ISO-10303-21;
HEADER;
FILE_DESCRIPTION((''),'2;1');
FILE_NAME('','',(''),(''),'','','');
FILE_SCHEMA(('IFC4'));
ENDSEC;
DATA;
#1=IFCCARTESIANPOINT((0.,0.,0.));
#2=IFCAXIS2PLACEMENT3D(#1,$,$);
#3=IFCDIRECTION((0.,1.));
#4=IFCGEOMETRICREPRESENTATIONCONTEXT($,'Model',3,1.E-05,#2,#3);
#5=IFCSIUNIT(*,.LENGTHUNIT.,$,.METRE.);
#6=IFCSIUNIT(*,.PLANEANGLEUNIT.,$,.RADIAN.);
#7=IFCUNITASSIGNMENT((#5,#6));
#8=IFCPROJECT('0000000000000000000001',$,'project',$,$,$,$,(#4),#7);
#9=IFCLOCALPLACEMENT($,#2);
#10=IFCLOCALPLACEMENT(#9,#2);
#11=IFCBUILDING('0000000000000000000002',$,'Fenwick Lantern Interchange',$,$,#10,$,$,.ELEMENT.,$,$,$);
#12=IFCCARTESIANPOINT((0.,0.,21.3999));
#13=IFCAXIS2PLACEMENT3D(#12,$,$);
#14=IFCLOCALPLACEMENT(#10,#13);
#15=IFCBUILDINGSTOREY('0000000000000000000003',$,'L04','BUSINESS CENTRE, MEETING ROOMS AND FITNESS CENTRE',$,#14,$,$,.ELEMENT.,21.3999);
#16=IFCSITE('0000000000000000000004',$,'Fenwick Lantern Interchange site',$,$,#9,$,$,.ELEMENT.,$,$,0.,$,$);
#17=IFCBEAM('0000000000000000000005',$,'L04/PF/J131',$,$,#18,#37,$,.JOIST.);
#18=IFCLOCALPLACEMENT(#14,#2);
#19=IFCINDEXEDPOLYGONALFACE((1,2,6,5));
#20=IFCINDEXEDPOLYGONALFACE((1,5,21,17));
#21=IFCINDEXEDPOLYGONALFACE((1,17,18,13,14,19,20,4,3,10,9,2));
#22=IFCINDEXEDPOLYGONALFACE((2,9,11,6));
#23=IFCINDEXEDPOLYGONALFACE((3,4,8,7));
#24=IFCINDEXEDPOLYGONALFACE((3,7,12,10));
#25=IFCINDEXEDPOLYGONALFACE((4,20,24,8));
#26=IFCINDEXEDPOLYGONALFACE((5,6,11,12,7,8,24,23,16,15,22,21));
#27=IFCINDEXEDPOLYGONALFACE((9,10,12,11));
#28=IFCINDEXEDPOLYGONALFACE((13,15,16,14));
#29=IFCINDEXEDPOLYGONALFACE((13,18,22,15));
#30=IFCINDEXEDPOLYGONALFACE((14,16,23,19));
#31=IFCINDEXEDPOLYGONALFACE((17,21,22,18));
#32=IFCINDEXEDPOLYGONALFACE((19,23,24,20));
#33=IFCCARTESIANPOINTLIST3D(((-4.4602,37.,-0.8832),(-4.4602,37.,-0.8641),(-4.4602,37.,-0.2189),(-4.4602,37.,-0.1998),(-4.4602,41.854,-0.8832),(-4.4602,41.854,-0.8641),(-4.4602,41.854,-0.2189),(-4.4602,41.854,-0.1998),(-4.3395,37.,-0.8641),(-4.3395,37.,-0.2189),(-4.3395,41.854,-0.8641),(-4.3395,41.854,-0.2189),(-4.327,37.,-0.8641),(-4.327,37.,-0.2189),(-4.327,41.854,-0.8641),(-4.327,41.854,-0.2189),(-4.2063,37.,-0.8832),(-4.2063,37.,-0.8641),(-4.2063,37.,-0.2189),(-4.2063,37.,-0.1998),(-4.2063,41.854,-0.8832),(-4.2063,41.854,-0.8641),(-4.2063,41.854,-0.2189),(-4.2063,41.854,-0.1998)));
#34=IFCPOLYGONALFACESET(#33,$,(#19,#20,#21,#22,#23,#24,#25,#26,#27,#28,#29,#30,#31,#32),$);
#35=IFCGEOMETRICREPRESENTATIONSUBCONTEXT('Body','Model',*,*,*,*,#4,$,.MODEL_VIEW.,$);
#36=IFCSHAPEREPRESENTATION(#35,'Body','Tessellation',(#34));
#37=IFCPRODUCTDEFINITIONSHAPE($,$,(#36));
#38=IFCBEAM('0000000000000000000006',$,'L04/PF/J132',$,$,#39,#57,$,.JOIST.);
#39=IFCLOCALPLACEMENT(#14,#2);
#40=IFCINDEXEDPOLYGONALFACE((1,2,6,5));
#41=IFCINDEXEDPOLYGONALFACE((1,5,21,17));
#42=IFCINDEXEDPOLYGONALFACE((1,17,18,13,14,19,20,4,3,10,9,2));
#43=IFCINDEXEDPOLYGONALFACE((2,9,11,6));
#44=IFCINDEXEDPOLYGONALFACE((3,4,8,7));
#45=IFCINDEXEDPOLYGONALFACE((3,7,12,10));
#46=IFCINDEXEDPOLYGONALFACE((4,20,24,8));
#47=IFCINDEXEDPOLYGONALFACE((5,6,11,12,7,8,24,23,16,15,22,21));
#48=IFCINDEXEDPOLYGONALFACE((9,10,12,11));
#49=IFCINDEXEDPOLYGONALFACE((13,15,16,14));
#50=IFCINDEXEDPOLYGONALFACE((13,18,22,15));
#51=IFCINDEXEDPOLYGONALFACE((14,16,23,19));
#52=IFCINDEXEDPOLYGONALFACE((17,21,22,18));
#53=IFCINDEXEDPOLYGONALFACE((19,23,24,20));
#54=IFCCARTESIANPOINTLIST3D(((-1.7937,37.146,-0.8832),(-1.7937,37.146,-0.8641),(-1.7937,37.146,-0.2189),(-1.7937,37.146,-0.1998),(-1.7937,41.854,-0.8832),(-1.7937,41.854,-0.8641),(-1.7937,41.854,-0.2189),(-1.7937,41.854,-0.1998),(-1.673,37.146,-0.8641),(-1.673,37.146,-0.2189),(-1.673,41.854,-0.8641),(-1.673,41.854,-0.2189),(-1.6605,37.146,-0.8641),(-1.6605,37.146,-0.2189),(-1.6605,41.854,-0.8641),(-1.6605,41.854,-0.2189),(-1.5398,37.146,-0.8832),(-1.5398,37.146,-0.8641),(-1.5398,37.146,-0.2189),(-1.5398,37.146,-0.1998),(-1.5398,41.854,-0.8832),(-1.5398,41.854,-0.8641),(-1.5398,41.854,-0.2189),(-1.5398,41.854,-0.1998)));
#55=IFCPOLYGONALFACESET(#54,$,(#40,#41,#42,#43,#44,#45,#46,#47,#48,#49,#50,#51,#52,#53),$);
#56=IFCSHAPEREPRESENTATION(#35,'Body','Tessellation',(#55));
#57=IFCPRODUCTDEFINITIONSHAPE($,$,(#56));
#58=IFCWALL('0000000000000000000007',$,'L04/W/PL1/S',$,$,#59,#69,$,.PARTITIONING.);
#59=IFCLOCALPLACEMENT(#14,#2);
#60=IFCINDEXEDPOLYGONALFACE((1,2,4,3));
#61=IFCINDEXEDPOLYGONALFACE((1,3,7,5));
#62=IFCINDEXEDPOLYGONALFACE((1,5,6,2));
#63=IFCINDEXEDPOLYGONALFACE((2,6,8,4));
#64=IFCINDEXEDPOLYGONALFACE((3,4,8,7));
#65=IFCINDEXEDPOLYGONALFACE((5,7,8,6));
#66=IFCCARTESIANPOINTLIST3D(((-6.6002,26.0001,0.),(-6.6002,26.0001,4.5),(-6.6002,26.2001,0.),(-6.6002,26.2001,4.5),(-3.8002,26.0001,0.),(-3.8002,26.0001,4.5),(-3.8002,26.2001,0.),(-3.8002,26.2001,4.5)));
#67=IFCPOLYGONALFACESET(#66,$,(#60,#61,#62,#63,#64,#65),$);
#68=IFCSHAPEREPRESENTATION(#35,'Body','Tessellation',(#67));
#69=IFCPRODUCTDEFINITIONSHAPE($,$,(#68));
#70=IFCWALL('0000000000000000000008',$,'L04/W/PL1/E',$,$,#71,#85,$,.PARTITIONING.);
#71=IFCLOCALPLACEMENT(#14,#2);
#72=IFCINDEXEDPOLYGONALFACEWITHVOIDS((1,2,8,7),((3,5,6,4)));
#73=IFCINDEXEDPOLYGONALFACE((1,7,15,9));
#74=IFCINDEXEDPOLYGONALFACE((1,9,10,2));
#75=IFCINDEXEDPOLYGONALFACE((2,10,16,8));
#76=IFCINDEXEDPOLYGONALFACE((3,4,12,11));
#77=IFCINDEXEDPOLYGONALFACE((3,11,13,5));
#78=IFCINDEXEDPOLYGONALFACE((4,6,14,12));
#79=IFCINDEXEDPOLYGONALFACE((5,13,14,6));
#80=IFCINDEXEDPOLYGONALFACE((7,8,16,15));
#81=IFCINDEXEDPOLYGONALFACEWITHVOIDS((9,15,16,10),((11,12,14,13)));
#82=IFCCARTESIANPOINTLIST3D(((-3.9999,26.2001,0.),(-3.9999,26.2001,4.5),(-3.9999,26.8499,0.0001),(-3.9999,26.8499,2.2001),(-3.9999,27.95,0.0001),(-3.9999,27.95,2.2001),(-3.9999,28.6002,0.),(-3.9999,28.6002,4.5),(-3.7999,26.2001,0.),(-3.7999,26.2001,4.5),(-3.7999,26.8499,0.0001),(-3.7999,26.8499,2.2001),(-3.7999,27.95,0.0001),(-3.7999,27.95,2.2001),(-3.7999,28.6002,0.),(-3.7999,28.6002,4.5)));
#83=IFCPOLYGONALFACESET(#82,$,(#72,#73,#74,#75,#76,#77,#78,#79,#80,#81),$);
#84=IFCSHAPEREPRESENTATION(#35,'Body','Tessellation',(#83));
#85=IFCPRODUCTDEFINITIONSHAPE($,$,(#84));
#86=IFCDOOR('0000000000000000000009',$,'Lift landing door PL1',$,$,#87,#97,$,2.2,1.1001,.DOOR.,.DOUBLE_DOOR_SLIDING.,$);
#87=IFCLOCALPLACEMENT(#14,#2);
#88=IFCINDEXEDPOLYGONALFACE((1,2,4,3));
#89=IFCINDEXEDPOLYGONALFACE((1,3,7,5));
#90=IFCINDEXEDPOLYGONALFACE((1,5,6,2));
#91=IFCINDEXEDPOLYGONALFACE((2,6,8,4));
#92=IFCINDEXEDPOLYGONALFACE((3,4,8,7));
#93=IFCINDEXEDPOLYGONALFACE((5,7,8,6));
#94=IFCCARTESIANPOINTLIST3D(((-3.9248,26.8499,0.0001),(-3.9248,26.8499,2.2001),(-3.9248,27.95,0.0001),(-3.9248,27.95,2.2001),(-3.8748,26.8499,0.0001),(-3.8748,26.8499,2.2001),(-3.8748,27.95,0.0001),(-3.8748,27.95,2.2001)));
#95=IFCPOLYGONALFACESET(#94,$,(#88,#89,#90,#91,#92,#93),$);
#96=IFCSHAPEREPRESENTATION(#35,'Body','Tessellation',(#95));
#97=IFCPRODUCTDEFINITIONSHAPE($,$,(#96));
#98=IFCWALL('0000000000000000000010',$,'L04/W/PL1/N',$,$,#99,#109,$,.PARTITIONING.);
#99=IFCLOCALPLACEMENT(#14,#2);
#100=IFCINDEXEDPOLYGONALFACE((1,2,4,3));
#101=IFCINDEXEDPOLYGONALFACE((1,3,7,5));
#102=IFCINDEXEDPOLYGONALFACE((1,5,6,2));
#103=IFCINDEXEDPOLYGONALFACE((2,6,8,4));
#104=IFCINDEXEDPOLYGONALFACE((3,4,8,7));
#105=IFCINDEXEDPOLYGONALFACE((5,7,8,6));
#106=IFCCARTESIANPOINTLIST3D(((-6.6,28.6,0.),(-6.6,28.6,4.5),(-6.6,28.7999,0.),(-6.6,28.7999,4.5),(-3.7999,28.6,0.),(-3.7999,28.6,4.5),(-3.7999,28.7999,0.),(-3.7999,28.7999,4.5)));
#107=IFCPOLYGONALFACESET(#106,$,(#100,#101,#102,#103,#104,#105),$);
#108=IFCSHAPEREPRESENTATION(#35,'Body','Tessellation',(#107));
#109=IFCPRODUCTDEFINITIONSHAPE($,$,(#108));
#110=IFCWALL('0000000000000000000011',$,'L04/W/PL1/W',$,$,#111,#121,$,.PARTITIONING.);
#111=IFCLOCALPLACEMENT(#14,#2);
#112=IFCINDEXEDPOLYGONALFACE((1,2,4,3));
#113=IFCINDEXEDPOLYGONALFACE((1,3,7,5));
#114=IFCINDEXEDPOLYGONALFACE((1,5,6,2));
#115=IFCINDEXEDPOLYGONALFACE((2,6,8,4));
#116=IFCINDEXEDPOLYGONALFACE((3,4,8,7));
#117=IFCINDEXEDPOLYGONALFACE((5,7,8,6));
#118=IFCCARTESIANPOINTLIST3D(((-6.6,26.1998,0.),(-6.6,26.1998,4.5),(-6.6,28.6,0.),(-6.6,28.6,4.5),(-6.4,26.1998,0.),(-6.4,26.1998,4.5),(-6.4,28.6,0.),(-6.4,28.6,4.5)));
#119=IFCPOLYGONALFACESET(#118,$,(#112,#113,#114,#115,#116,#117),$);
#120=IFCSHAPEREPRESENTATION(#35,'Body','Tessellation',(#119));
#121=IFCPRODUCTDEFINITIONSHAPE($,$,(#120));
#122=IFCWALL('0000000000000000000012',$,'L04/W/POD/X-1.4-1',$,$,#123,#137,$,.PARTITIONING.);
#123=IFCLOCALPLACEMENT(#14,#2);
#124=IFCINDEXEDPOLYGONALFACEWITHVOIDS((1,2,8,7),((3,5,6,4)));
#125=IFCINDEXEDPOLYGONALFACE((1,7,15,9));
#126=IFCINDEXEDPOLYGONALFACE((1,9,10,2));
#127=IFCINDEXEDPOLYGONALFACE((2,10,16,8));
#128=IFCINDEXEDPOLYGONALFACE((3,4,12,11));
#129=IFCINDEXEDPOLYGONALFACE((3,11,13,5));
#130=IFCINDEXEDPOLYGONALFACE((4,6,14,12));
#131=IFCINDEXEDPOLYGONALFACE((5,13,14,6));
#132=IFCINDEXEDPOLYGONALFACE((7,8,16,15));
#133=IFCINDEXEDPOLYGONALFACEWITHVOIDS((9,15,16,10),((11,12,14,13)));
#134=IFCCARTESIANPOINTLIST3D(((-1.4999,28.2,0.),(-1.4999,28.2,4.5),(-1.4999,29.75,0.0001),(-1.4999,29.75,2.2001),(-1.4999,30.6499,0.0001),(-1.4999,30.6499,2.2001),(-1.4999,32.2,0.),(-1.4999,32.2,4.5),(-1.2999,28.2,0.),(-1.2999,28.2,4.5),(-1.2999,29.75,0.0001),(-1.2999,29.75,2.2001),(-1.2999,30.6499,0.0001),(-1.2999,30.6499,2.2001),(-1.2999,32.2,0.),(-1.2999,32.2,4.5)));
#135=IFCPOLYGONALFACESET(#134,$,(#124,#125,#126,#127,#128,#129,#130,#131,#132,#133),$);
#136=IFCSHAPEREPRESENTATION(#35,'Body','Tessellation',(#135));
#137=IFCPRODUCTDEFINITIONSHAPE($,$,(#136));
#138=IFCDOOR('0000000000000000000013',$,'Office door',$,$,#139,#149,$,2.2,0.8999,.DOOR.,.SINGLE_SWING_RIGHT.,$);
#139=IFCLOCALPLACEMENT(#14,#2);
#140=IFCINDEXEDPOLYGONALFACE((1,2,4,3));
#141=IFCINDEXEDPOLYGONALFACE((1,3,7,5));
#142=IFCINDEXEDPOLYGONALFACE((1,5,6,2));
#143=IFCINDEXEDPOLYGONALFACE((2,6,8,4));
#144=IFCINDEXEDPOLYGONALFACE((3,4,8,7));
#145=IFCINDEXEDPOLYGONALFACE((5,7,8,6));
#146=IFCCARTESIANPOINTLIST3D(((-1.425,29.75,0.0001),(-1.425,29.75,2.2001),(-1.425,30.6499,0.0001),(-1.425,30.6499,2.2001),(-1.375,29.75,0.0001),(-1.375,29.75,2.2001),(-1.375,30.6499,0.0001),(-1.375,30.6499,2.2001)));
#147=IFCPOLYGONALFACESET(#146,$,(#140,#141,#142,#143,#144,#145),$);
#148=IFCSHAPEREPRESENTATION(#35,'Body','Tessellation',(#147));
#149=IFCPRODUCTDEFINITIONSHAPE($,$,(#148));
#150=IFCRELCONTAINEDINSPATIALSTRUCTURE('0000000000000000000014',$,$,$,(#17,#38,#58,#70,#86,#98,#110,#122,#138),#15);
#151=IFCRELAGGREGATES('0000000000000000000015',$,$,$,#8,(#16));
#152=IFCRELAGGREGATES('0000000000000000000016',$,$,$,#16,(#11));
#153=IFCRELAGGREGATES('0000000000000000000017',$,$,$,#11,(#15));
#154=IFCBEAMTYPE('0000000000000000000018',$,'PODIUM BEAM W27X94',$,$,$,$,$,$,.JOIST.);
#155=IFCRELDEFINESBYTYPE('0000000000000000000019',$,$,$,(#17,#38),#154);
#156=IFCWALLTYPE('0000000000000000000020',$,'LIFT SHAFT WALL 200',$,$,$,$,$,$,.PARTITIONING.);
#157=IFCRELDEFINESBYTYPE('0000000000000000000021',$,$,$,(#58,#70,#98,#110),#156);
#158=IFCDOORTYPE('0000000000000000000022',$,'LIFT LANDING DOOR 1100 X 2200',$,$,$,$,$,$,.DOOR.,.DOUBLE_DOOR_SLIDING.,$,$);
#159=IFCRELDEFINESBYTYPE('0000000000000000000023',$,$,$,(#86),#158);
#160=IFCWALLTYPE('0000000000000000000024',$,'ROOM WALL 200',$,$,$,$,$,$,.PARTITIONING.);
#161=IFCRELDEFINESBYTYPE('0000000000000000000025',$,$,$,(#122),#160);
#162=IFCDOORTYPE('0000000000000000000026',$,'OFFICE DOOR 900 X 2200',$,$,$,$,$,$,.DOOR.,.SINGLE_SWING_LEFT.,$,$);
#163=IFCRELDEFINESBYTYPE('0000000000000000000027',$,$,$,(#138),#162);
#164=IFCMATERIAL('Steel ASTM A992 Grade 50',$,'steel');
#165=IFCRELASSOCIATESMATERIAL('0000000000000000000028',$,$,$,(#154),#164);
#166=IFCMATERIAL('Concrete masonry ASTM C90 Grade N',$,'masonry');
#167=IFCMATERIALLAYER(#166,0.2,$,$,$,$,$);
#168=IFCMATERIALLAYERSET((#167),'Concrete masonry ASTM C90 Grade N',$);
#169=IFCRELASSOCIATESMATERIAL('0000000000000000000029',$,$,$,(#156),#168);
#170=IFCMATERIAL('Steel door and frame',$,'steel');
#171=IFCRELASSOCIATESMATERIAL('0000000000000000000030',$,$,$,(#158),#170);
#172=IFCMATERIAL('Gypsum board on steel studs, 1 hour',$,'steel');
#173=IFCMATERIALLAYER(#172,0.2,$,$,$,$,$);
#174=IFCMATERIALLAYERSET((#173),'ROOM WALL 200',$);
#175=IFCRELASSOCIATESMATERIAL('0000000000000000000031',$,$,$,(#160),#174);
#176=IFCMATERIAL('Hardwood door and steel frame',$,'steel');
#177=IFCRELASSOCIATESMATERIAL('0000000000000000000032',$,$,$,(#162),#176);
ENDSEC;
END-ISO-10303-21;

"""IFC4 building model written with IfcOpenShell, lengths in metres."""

from ifc_helpers import new_model, si_unit, direction, frame, frame_2d, origin, origin_2d, place, context, subcontext, project, spatial, rectangle, i_section, extrude, material, layer, layer_set, material_profile, profile_set, type_object, element, fill, save


model = new_model("IFC4")

# Units and contexts
model_context = context("Model", 3, precision=1e-05, world=origin(), true_north=direction((0.0, 1.0)))
body_context = subcontext(model_context, "Body", "Model", "MODEL_VIEW")
ifc_project = project(units=[si_unit("LENGTHUNIT", "METRE"), si_unit("PLANEANGLEUNIT", "RADIAN")], contexts=[model_context])

# Site, building, storey
site_placement = place(None, origin())
site = spatial("IfcSite", under=ifc_project, at=site_placement, Name="Fenwick Lantern Interchange site", CompositionType="ELEMENT", RefElevation=0.0)
building_placement = place(site_placement, origin())
building = spatial("IfcBuilding", under=site, at=building_placement, Name="Fenwick Lantern Interchange", CompositionType="ELEMENT")
storey_placement = place(building_placement, frame((0.0, 0.0, 21.3999)))
storey = spatial("IfcBuildingStorey", under=building, at=storey_placement, Name="L04", Description="BUSINESS CENTRE, MEETING ROOMS AND FITNESS CENTRE", CompositionType="ELEMENT", Elevation=21.3999)

# Shared definitions
ifc_material_1 = material(Name="Steel ASTM A992 Grade 50", Category="steel")

# Beams
ifc_material_profile_1 = material_profile(ifc_material_1, i_section(OverallWidth=0.2539, OverallDepth=0.6833, WebThickness=0.0125, FlangeThickness=0.019, at=origin_2d()), Name="W27X94")
ifc_profile_set_1 = profile_set([ifc_material_profile_1], Name="Steel ASTM A992 Grade 50")
beam_type_1 = type_object("IfcBeamType", Name="PODIUM BEAM W27X94", PredefinedType="JOIST", material=ifc_profile_set_1)
beam_1_placement = place(storey_placement, frame((-4.3333, 37.0, -0.5415), z_axis=(0.0, 1.0, 0.0), x_axis=(-1.0, 0.0, 0.0)))
element("IfcBeam", 1, at=beam_1_placement, inside=storey, type_object=beam_type_1, Name="L04/PF/J131", PredefinedType="JOIST", context=body_context, shape_type="SweptSolid", body=[
    extrude(i_section(OverallWidth=0.2539, OverallDepth=0.6833, WebThickness=0.0125, FlangeThickness=0.019, at=origin_2d()), origin(), (0.0, 0.0, 1.0), 4.854),
])
beam_2_placement = place(storey_placement, frame((-1.6667, 37.146, -0.5415), z_axis=(0.0, 1.0, 0.0), x_axis=(-1.0, 0.0, 0.0)))
element("IfcBeam", 2, at=beam_2_placement, inside=storey, type_object=beam_type_1, Name="L04/PF/J132", PredefinedType="JOIST", context=body_context, shape_type="SweptSolid", body=[
    extrude(i_section(OverallWidth=0.2539, OverallDepth=0.6833, WebThickness=0.0125, FlangeThickness=0.019, at=origin_2d()), origin(), (0.0, 0.0, 1.0), 4.708),
])

# Wall
ifc_material_2 = material(Name="Concrete masonry ASTM C90 Grade N", Category="masonry")
ifc_layer_1 = layer(ifc_material_2, 0.2)
ifc_layer_set_1 = layer_set([ifc_layer_1], Name="Concrete masonry ASTM C90 Grade N")
wall_type_1 = type_object("IfcWallType", Name="LIFT SHAFT WALL 200", PredefinedType="PARTITIONING", material=ifc_layer_set_1)
wall_1_placement = place(storey_placement, frame((-6.6001, 26.1001, 0.0), z_axis=(0.0, 0.0, 1.0), x_axis=(1.0, 0.0, 0.0)))
element("IfcWall", 3, at=wall_1_placement, inside=storey, type_object=wall_type_1, Name="L04/W/PL1/S", PredefinedType="PARTITIONING", context=body_context, shape_type="SweptSolid", body=[
    extrude(rectangle(XDim=2.8, YDim=0.2, at=frame_2d((1.3999, 0.0))), origin(), (0.0, 0.0, 1.0), 4.5),
])

# Wall, opening, door
wall_2_placement = place(storey_placement, frame((-3.8999, 26.2, 0.0), z_axis=(0.0, 0.0, 1.0), x_axis=(0.0, 1.0, 0.0)))
wall_2 = element("IfcWall", 4, at=wall_2_placement, inside=storey, type_object=wall_type_1, Name="L04/W/PL1/E", PredefinedType="PARTITIONING", context=body_context, shape_type="SweptSolid", body=[
    extrude(rectangle(XDim=2.4001, YDim=0.2, at=frame_2d((1.2002, 0.0))), origin(), (0.0, 0.0, 1.0), 4.5),
])
opening_1_placement = place(wall_2_placement, frame((0.6499, 0.0, 0.0)))
opening_1 = element("IfcOpeningElement", 5, at=opening_1_placement, cuts=wall_2, PredefinedType="OPENING", context=body_context, shape_type="SweptSolid", body=[
    extrude(rectangle(XDim=1.1001, YDim=2.2, at=frame_2d((0.55, 1.1001))), frame((0.0, 0.1099, 0.0), z_axis=(0.0, -1.0, 0.0), x_axis=(1.0, 0.0, 0.0)), (0.0, 0.0, 1.0), 0.22),
])
ifc_material_3 = material(Name="Steel door and frame", Category="steel")
door_type_1 = type_object("IfcDoorType", Name="LIFT LANDING DOOR 1100 X 2200", OperationType="DOUBLE_DOOR_SLIDING", PredefinedType="DOOR", material=ifc_material_3)
door_1_placement = place(opening_1_placement, origin())
door_1 = element("IfcDoor", 6, at=door_1_placement, inside=storey, type_object=door_type_1, Name="Lift landing door PL1", OperationType="DOUBLE_DOOR_SLIDING", OverallHeight=2.2, OverallWidth=1.1001, PredefinedType="DOOR", context=body_context, shape_type="SweptSolid", body=[
    extrude(rectangle(XDim=1.1001, YDim=2.2, at=frame_2d((0.55, 1.1001))), frame((0.0, 0.0249, 0.0), z_axis=(0.0, -1.0, 0.0), x_axis=(1.0, 0.0, 0.0)), (0.0, 0.0, 1.0), 0.05),
])
fill(opening_1, door_1)

# Walls
wall_3_placement = place(storey_placement, frame((-3.8, 28.7, 0.0), z_axis=(0.0, 0.0, 1.0), x_axis=(-1.0, 0.0, 0.0)))
element("IfcWall", 7, at=wall_3_placement, inside=storey, type_object=wall_type_1, Name="L04/W/PL1/N", PredefinedType="PARTITIONING", context=body_context, shape_type="SweptSolid", body=[
    extrude(rectangle(XDim=2.8, YDim=0.2, at=frame_2d((1.3999, 0.0))), origin(), (0.0, 0.0, 1.0), 4.5),
])
wall_4_placement = place(storey_placement, frame((-6.5, 28.6001, 0.0), z_axis=(0.0, 0.0, 1.0), x_axis=(0.0, -1.0, 0.0)))
element("IfcWall", 8, at=wall_4_placement, inside=storey, type_object=wall_type_1, Name="L04/W/PL1/W", PredefinedType="PARTITIONING", context=body_context, shape_type="SweptSolid", body=[
    extrude(rectangle(XDim=2.4001, YDim=0.2, at=frame_2d((1.2002, 0.0))), origin(), (0.0, 0.0, 1.0), 4.5),
])

# Wall, opening, door
ifc_material_4 = material(Name="Gypsum board on steel studs, 1 hour", Category="steel")
ifc_layer_2 = layer(ifc_material_4, 0.2)
ifc_layer_set_2 = layer_set([ifc_layer_2], Name="ROOM WALL 200")
wall_type_2 = type_object("IfcWallType", Name="ROOM WALL 200", PredefinedType="PARTITIONING", material=ifc_layer_set_2)
wall_5_placement = place(storey_placement, frame((-1.3999, 28.2, 0.0), z_axis=(0.0, 0.0, 1.0), x_axis=(0.0, 1.0, 0.0)))
wall_5 = element("IfcWall", 9, at=wall_5_placement, inside=storey, type_object=wall_type_2, Name="L04/W/POD/X-1.4-1", PredefinedType="PARTITIONING", context=body_context, shape_type="SweptSolid", body=[
    extrude(rectangle(XDim=4.0, YDim=0.2, at=frame_2d((2.0, 0.0))), origin(), (0.0, 0.0, 1.0), 4.5),
])
opening_2_placement = place(wall_5_placement, frame((1.55, 0.0, 0.0)))
opening_2 = element("IfcOpeningElement", 10, at=opening_2_placement, cuts=wall_5, PredefinedType="OPENING", context=body_context, shape_type="SweptSolid", body=[
    extrude(rectangle(XDim=0.8999, YDim=2.2, at=frame_2d((0.45, 1.1001))), frame((0.0, 0.1099, 0.0), z_axis=(0.0, -1.0, 0.0), x_axis=(1.0, 0.0, 0.0)), (0.0, 0.0, 1.0), 0.22),
])
ifc_material_5 = material(Name="Hardwood door and steel frame", Category="steel")
door_type_2 = type_object("IfcDoorType", Name="OFFICE DOOR 900 X 2200", OperationType="SINGLE_SWING_LEFT", PredefinedType="DOOR", material=ifc_material_5)
door_2_placement = place(opening_2_placement, frame((0.8999, 0.0, 0.0), z_axis=(0.0, 0.0, 1.0), x_axis=(-1.0, 0.0, 0.0)))
door_2 = element("IfcDoor", 11, at=door_2_placement, inside=storey, type_object=door_type_2, Name="Office door", OperationType="SINGLE_SWING_RIGHT", OverallHeight=2.2, OverallWidth=0.8999, PredefinedType="DOOR", context=body_context, shape_type="SweptSolid", body=[
    extrude(rectangle(XDim=0.8999, YDim=2.2, at=frame_2d((0.45, 1.1001))), frame((0.0, 0.0249, 0.0), z_axis=(0.0, -1.0, 0.0), x_axis=(1.0, 0.0, 0.0)), (0.0, 0.0, 1.0), 0.05),
])
fill(opening_2, door_2)

save(model, "model.ifc")
